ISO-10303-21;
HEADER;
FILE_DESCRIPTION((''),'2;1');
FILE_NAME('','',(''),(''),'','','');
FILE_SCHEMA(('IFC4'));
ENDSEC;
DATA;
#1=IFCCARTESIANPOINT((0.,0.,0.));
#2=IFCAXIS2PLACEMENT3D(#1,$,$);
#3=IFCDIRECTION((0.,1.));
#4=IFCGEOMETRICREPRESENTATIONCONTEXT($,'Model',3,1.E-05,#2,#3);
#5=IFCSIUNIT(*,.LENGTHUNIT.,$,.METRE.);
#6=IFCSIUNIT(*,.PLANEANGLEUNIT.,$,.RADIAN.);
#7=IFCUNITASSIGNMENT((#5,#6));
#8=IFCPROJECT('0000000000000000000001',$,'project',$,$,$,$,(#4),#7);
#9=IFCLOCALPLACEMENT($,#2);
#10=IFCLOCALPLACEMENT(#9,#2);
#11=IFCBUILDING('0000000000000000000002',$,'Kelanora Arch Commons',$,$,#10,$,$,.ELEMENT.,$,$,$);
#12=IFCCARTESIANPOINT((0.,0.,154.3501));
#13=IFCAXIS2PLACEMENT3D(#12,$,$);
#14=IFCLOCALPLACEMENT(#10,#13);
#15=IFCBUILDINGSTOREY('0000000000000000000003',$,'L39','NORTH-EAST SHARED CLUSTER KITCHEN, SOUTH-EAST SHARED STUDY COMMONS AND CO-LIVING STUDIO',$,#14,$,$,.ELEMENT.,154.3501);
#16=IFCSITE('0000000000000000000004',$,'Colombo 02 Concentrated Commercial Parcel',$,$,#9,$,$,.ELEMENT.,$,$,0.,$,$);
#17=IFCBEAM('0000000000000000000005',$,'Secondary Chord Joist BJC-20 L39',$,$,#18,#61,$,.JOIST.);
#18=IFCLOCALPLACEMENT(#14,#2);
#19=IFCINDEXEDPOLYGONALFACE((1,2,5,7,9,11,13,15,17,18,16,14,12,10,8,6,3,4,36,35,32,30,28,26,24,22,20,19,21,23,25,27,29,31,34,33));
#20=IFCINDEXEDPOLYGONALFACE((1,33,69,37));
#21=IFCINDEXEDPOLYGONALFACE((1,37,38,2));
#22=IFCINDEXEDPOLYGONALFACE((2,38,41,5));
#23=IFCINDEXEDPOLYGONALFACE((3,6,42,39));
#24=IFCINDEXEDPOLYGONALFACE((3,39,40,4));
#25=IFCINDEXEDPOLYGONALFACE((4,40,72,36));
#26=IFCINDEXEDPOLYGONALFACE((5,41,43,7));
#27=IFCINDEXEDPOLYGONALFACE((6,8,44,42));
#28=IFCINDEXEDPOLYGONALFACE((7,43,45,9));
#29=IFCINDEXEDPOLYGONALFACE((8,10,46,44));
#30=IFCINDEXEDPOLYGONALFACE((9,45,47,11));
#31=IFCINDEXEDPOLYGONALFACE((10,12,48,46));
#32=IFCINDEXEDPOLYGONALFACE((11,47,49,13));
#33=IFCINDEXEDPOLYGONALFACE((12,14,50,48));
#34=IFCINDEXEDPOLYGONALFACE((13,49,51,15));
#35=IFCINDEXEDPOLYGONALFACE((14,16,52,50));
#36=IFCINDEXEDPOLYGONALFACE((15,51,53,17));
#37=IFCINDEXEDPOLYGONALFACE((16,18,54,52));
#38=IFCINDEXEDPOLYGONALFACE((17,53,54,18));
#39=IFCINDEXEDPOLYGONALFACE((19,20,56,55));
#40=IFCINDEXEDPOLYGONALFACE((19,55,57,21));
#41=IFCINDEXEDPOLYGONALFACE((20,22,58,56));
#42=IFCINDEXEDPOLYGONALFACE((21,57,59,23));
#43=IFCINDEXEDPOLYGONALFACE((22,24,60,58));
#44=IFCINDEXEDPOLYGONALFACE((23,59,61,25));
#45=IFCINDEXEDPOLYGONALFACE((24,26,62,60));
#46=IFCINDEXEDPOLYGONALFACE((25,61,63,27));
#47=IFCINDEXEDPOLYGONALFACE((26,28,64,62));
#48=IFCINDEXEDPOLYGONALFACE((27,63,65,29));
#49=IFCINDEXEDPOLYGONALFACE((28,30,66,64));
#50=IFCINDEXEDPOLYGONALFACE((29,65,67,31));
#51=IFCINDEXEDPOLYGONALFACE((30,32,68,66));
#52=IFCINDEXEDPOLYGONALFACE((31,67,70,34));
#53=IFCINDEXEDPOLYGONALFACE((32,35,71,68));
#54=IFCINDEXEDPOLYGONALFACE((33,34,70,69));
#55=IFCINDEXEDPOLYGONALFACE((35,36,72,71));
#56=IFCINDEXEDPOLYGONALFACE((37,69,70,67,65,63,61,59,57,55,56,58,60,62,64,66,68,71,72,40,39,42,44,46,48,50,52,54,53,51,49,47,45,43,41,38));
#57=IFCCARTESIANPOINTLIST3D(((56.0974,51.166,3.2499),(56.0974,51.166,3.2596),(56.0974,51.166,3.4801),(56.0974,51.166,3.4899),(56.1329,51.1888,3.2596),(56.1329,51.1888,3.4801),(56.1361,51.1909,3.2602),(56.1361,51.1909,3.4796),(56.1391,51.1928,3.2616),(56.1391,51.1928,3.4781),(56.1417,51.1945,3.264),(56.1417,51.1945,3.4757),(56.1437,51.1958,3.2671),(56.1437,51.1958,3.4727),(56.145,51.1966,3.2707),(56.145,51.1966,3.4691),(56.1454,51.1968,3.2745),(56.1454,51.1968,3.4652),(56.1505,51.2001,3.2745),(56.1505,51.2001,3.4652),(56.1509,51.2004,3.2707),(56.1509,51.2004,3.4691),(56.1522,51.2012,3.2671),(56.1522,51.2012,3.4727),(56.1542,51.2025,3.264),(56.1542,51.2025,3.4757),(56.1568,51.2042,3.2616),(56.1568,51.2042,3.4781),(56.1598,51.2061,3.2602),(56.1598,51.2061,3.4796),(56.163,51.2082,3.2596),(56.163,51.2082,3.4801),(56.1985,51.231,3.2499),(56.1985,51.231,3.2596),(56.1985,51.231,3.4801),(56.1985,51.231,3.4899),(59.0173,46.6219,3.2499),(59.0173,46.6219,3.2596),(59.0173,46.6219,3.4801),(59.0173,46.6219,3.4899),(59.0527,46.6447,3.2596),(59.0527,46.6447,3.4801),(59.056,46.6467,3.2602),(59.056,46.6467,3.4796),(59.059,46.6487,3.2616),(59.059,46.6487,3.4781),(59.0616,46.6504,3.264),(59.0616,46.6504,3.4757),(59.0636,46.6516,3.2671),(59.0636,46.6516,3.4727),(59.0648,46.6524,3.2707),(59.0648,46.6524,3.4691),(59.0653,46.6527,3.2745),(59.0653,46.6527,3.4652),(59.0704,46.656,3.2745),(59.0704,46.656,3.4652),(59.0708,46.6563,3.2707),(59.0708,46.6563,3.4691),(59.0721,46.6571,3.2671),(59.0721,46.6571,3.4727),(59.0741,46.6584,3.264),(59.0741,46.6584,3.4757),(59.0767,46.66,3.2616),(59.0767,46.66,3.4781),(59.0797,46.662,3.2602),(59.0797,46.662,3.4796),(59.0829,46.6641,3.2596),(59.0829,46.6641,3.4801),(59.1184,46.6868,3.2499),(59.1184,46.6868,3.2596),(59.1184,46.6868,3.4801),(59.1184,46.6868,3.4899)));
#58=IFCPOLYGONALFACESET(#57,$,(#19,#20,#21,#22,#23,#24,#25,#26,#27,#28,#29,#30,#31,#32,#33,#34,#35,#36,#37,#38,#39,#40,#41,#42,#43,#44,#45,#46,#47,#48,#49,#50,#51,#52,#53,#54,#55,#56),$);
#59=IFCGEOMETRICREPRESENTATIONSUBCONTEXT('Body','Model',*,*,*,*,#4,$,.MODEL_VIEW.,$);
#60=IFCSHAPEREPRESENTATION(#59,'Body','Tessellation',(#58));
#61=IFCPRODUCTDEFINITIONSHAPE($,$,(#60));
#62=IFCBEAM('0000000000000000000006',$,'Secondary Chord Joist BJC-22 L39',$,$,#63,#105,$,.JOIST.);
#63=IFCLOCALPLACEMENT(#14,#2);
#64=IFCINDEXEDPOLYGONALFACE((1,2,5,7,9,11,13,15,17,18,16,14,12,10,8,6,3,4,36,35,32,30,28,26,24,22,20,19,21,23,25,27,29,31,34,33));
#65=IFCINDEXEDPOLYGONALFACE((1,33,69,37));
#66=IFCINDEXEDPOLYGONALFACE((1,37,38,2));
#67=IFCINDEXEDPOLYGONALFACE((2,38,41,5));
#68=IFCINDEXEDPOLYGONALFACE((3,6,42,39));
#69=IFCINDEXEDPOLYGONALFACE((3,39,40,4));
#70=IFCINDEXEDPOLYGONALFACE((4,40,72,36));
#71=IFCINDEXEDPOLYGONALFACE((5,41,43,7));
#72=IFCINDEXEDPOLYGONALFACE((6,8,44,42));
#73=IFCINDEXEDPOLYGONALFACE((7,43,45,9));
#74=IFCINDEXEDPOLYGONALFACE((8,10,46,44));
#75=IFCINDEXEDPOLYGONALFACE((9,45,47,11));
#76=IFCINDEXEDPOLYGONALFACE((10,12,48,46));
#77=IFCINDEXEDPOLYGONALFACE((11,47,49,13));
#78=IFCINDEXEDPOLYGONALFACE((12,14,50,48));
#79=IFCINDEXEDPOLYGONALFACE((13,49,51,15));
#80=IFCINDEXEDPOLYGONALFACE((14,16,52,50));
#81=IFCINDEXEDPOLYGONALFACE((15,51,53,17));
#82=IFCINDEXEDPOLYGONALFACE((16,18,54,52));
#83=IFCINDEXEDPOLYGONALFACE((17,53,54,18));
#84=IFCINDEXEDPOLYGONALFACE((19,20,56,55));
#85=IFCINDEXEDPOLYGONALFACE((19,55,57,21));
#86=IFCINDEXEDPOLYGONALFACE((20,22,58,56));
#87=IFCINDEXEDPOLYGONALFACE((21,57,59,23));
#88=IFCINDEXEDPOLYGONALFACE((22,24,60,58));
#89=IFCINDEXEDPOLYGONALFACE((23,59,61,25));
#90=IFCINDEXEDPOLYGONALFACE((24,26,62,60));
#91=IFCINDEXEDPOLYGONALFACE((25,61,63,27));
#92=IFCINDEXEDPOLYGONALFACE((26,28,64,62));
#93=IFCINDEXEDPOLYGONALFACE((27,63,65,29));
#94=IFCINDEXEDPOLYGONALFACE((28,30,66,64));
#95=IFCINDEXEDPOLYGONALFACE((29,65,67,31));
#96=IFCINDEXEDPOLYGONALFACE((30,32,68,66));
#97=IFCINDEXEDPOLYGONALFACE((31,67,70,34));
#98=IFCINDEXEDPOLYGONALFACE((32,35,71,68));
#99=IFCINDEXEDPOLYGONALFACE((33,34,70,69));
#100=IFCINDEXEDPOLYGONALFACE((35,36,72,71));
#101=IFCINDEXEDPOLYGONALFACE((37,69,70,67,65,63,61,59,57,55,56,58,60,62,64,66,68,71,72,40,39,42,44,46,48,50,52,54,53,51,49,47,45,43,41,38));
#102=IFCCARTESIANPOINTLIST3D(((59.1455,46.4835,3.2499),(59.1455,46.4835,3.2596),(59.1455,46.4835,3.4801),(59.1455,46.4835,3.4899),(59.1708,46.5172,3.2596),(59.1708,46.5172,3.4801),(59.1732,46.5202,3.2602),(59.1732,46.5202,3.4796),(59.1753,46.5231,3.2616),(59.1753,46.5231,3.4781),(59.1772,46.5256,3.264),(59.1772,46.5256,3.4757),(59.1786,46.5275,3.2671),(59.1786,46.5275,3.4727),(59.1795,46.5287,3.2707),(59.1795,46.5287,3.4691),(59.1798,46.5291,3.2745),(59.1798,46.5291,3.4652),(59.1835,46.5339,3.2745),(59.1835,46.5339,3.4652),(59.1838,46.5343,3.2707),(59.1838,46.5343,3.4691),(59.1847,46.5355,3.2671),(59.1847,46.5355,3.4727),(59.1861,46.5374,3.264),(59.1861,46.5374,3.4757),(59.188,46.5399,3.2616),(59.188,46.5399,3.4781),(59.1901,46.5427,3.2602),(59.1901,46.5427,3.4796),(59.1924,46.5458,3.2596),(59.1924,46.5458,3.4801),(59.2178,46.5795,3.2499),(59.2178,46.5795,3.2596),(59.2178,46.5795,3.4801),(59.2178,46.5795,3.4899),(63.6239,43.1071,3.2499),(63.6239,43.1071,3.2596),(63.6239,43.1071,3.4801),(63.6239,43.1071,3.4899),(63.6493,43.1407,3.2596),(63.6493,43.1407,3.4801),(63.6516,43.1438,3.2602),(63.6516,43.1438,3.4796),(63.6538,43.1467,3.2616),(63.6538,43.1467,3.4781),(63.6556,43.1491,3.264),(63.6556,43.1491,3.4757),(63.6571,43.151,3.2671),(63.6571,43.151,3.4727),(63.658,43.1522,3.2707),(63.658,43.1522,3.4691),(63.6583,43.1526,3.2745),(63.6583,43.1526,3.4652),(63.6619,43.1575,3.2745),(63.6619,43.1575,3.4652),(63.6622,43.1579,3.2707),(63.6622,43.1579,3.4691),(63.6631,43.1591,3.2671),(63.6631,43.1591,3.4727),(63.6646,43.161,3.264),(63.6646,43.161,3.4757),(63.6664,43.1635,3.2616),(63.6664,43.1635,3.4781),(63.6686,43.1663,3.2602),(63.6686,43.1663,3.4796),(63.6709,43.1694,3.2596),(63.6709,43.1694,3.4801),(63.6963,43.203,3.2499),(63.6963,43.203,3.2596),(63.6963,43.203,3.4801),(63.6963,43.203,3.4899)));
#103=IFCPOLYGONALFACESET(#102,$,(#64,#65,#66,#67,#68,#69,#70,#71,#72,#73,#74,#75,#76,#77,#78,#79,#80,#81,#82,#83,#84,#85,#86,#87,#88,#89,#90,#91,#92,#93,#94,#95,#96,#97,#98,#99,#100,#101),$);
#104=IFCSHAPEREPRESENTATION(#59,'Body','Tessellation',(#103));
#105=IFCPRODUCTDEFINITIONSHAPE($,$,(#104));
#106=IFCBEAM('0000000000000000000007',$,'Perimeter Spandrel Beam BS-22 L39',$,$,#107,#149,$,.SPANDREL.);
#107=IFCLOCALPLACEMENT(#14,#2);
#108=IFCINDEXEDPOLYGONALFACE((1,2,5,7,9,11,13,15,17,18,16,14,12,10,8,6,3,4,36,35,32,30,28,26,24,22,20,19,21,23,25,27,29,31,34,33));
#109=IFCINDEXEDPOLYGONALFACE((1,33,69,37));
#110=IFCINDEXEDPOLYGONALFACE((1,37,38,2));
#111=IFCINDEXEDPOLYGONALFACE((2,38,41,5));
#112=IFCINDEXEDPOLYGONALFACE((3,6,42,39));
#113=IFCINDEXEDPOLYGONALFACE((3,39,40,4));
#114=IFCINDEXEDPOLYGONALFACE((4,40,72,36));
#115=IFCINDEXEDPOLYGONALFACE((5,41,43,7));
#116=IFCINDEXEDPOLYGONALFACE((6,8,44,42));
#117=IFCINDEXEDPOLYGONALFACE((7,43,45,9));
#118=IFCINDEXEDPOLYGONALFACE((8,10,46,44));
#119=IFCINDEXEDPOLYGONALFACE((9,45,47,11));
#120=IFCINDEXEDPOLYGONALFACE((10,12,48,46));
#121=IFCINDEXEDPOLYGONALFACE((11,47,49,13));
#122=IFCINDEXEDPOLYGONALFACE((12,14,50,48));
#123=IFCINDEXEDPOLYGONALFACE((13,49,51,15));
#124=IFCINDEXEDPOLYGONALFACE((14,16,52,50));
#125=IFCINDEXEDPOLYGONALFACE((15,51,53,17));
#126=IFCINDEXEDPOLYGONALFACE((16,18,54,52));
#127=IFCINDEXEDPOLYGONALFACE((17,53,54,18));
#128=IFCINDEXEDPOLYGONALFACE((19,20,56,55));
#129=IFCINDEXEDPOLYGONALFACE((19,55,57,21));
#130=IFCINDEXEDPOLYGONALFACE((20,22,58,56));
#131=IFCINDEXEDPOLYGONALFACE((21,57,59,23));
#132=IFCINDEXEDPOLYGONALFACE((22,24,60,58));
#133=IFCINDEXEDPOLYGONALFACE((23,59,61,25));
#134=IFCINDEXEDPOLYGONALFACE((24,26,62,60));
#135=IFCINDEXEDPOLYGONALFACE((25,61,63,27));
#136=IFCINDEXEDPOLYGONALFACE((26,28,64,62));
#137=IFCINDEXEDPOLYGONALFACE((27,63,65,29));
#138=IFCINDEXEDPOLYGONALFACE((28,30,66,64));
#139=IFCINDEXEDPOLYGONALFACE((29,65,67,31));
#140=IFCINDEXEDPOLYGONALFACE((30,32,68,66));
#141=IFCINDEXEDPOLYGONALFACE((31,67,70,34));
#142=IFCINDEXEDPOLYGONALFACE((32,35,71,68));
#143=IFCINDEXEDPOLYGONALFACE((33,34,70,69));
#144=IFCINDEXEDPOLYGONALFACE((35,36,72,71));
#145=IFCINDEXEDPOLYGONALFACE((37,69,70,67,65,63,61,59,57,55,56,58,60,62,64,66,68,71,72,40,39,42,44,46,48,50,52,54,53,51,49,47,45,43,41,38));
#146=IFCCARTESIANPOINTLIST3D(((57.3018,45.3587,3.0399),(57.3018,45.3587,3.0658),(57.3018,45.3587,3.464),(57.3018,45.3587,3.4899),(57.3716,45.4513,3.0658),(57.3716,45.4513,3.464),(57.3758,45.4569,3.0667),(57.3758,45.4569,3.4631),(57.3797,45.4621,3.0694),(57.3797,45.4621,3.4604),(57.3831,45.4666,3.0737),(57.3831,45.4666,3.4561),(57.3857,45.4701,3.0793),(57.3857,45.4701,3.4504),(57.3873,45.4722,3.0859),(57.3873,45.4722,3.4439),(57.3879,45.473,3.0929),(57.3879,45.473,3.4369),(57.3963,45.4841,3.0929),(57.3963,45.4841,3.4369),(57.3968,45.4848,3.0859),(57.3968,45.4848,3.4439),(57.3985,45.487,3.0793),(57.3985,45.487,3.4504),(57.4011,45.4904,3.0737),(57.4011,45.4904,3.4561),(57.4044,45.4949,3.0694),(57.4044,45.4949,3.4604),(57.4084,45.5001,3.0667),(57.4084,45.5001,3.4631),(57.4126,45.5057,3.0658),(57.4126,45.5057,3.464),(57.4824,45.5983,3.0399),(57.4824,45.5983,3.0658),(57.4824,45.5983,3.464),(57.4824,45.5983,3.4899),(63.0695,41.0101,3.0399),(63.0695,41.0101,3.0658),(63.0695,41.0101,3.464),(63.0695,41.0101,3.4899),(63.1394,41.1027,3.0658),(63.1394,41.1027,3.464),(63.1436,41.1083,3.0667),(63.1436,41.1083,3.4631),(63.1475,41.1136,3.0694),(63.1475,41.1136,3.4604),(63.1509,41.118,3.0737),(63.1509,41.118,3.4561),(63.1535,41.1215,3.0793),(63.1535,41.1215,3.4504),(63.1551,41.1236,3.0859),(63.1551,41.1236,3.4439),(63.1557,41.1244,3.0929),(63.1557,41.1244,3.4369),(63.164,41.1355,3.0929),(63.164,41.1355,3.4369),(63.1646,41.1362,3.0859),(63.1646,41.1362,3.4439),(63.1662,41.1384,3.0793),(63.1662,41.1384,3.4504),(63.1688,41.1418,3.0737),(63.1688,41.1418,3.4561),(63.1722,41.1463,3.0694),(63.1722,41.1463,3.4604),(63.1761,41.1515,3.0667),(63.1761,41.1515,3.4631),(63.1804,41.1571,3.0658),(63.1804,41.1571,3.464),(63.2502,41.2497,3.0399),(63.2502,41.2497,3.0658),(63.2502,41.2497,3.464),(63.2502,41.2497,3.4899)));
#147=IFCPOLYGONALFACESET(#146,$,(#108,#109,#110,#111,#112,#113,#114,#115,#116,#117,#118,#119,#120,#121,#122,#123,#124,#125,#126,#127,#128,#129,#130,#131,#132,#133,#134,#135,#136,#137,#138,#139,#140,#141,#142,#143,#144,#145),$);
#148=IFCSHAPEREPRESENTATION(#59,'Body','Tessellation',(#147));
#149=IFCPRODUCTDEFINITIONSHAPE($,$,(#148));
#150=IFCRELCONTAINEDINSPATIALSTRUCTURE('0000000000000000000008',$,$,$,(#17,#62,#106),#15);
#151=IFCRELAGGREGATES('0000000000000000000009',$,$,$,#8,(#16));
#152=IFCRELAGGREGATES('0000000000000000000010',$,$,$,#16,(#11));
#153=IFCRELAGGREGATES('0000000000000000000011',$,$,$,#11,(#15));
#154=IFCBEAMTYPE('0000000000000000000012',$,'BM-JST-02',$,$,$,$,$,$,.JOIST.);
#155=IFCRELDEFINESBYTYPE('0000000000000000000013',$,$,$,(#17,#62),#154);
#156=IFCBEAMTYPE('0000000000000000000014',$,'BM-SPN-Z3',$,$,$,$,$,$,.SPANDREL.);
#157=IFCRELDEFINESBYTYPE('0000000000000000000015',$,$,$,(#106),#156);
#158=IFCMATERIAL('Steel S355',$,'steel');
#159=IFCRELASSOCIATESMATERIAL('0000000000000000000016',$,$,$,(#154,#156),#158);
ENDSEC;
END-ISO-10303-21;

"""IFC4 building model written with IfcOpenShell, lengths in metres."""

from ifc_helpers import new_model, si_unit, direction, frame, origin, origin_2d, place, context, subcontext, project, spatial, i_section, extrude, material, material_profile, profile_set, type_object, element, save


model = new_model("IFC4")

# Units and contexts
model_context = context("Model", 3, precision=1e-05, world=origin(), true_north=direction((0.0, 1.0)))
body_context = subcontext(model_context, "Body", "Model", "MODEL_VIEW")
ifc_project = project(units=[si_unit("LENGTHUNIT", "METRE"), si_unit("PLANEANGLEUNIT", "RADIAN")], contexts=[model_context])

# Site, building, storey
site_placement = place(None, origin())
site = spatial("IfcSite", under=ifc_project, at=site_placement, Name="Colombo 02 Concentrated Commercial Parcel", CompositionType="ELEMENT", RefElevation=0.0)
building_placement = place(site_placement, origin())
building = spatial("IfcBuilding", under=site, at=building_placement, Name="Kelanora Arch Commons", CompositionType="ELEMENT")
storey_placement = place(building_placement, frame((0.0, 0.0, 154.3501)))
storey = spatial("IfcBuildingStorey", under=building, at=storey_placement, Name="L39", Description="NORTH-EAST SHARED CLUSTER KITCHEN, SOUTH-EAST SHARED STUDY COMMONS AND CO-LIVING STUDIO", CompositionType="ELEMENT", Elevation=154.3501)

# Beams
ifc_material_1 = material(Name="Steel S355", Category="steel")
ifc_material_profile_1 = material_profile(ifc_material_1, i_section(OverallWidth=0.1201, OverallDepth=0.24, WebThickness=0.0061, FlangeThickness=0.0098, FilletRadius=0.0149, at=origin_2d()), Name="IPE240")
ifc_profile_set_1 = profile_set([ifc_material_profile_1], Name="Steel S355")
beam_type_1 = type_object("IfcBeamType", Name="BM-JST-02", PredefinedType="JOIST", material=ifc_profile_set_1)
beam_1_placement = place(storey_placement, frame((56.1479, 51.1985, 3.3699), z_axis=(0.540582, -0.841292, 0.0), x_axis=(0.841292, 0.540582, 0.0)))
element("IfcBeam", 1, at=beam_1_placement, inside=storey, type_object=beam_type_1, Name="Secondary Chord Joist BJC-20 L39", PredefinedType="JOIST", context=body_context, shape_type="SweptSolid", body=[
    extrude(i_section(OverallWidth=0.1201, OverallDepth=0.24, WebThickness=0.0061, FlangeThickness=0.0098, FilletRadius=0.0149, at=origin_2d()), origin(), (0.0, 0.0, 1.0), 5.4014),
])
beam_2_placement = place(storey_placement, frame((59.1816, 46.5315, 3.3699), z_axis=(0.798493, -0.602004, 0.0), x_axis=(0.602004, 0.798493, 0.0)))
element("IfcBeam", 2, at=beam_2_placement, inside=storey, type_object=beam_type_1, Name="Secondary Chord Joist BJC-22 L39", PredefinedType="JOIST", context=body_context, shape_type="SweptSolid", body=[
    extrude(i_section(OverallWidth=0.1201, OverallDepth=0.24, WebThickness=0.0061, FlangeThickness=0.0098, FilletRadius=0.0149, at=origin_2d()), origin(), (0.0, 0.0, 1.0), 5.6086),
])
ifc_material_profile_2 = material_profile(ifc_material_1, i_section(OverallWidth=0.3, OverallDepth=0.45, WebThickness=0.0139, FlangeThickness=0.0259, FilletRadius=0.0271, at=origin_2d()), Name="HEB450")
ifc_profile_set_2 = profile_set([ifc_material_profile_2], Name="Steel S355")
beam_type_2 = type_object("IfcBeamType", Name="BM-SPN-Z3", PredefinedType="SPANDREL", material=ifc_profile_set_2)
beam_3_placement = place(storey_placement, frame((57.3921, 45.4785, 3.2649), z_axis=(0.798485, -0.602015, 0.0), x_axis=(0.602015, 0.798485, 0.0)))
element("IfcBeam", 3, at=beam_3_placement, inside=storey, type_object=beam_type_2, Name="Perimeter Spandrel Beam BS-22 L39", PredefinedType="SPANDREL", context=body_context, shape_type="SweptSolid", body=[
    extrude(i_section(OverallWidth=0.3, OverallDepth=0.45, WebThickness=0.0139, FlangeThickness=0.0259, FilletRadius=0.0271, at=origin_2d()), origin(), (0.0, 0.0, 1.0), 7.2234),
])

save(model, "model.ifc")
